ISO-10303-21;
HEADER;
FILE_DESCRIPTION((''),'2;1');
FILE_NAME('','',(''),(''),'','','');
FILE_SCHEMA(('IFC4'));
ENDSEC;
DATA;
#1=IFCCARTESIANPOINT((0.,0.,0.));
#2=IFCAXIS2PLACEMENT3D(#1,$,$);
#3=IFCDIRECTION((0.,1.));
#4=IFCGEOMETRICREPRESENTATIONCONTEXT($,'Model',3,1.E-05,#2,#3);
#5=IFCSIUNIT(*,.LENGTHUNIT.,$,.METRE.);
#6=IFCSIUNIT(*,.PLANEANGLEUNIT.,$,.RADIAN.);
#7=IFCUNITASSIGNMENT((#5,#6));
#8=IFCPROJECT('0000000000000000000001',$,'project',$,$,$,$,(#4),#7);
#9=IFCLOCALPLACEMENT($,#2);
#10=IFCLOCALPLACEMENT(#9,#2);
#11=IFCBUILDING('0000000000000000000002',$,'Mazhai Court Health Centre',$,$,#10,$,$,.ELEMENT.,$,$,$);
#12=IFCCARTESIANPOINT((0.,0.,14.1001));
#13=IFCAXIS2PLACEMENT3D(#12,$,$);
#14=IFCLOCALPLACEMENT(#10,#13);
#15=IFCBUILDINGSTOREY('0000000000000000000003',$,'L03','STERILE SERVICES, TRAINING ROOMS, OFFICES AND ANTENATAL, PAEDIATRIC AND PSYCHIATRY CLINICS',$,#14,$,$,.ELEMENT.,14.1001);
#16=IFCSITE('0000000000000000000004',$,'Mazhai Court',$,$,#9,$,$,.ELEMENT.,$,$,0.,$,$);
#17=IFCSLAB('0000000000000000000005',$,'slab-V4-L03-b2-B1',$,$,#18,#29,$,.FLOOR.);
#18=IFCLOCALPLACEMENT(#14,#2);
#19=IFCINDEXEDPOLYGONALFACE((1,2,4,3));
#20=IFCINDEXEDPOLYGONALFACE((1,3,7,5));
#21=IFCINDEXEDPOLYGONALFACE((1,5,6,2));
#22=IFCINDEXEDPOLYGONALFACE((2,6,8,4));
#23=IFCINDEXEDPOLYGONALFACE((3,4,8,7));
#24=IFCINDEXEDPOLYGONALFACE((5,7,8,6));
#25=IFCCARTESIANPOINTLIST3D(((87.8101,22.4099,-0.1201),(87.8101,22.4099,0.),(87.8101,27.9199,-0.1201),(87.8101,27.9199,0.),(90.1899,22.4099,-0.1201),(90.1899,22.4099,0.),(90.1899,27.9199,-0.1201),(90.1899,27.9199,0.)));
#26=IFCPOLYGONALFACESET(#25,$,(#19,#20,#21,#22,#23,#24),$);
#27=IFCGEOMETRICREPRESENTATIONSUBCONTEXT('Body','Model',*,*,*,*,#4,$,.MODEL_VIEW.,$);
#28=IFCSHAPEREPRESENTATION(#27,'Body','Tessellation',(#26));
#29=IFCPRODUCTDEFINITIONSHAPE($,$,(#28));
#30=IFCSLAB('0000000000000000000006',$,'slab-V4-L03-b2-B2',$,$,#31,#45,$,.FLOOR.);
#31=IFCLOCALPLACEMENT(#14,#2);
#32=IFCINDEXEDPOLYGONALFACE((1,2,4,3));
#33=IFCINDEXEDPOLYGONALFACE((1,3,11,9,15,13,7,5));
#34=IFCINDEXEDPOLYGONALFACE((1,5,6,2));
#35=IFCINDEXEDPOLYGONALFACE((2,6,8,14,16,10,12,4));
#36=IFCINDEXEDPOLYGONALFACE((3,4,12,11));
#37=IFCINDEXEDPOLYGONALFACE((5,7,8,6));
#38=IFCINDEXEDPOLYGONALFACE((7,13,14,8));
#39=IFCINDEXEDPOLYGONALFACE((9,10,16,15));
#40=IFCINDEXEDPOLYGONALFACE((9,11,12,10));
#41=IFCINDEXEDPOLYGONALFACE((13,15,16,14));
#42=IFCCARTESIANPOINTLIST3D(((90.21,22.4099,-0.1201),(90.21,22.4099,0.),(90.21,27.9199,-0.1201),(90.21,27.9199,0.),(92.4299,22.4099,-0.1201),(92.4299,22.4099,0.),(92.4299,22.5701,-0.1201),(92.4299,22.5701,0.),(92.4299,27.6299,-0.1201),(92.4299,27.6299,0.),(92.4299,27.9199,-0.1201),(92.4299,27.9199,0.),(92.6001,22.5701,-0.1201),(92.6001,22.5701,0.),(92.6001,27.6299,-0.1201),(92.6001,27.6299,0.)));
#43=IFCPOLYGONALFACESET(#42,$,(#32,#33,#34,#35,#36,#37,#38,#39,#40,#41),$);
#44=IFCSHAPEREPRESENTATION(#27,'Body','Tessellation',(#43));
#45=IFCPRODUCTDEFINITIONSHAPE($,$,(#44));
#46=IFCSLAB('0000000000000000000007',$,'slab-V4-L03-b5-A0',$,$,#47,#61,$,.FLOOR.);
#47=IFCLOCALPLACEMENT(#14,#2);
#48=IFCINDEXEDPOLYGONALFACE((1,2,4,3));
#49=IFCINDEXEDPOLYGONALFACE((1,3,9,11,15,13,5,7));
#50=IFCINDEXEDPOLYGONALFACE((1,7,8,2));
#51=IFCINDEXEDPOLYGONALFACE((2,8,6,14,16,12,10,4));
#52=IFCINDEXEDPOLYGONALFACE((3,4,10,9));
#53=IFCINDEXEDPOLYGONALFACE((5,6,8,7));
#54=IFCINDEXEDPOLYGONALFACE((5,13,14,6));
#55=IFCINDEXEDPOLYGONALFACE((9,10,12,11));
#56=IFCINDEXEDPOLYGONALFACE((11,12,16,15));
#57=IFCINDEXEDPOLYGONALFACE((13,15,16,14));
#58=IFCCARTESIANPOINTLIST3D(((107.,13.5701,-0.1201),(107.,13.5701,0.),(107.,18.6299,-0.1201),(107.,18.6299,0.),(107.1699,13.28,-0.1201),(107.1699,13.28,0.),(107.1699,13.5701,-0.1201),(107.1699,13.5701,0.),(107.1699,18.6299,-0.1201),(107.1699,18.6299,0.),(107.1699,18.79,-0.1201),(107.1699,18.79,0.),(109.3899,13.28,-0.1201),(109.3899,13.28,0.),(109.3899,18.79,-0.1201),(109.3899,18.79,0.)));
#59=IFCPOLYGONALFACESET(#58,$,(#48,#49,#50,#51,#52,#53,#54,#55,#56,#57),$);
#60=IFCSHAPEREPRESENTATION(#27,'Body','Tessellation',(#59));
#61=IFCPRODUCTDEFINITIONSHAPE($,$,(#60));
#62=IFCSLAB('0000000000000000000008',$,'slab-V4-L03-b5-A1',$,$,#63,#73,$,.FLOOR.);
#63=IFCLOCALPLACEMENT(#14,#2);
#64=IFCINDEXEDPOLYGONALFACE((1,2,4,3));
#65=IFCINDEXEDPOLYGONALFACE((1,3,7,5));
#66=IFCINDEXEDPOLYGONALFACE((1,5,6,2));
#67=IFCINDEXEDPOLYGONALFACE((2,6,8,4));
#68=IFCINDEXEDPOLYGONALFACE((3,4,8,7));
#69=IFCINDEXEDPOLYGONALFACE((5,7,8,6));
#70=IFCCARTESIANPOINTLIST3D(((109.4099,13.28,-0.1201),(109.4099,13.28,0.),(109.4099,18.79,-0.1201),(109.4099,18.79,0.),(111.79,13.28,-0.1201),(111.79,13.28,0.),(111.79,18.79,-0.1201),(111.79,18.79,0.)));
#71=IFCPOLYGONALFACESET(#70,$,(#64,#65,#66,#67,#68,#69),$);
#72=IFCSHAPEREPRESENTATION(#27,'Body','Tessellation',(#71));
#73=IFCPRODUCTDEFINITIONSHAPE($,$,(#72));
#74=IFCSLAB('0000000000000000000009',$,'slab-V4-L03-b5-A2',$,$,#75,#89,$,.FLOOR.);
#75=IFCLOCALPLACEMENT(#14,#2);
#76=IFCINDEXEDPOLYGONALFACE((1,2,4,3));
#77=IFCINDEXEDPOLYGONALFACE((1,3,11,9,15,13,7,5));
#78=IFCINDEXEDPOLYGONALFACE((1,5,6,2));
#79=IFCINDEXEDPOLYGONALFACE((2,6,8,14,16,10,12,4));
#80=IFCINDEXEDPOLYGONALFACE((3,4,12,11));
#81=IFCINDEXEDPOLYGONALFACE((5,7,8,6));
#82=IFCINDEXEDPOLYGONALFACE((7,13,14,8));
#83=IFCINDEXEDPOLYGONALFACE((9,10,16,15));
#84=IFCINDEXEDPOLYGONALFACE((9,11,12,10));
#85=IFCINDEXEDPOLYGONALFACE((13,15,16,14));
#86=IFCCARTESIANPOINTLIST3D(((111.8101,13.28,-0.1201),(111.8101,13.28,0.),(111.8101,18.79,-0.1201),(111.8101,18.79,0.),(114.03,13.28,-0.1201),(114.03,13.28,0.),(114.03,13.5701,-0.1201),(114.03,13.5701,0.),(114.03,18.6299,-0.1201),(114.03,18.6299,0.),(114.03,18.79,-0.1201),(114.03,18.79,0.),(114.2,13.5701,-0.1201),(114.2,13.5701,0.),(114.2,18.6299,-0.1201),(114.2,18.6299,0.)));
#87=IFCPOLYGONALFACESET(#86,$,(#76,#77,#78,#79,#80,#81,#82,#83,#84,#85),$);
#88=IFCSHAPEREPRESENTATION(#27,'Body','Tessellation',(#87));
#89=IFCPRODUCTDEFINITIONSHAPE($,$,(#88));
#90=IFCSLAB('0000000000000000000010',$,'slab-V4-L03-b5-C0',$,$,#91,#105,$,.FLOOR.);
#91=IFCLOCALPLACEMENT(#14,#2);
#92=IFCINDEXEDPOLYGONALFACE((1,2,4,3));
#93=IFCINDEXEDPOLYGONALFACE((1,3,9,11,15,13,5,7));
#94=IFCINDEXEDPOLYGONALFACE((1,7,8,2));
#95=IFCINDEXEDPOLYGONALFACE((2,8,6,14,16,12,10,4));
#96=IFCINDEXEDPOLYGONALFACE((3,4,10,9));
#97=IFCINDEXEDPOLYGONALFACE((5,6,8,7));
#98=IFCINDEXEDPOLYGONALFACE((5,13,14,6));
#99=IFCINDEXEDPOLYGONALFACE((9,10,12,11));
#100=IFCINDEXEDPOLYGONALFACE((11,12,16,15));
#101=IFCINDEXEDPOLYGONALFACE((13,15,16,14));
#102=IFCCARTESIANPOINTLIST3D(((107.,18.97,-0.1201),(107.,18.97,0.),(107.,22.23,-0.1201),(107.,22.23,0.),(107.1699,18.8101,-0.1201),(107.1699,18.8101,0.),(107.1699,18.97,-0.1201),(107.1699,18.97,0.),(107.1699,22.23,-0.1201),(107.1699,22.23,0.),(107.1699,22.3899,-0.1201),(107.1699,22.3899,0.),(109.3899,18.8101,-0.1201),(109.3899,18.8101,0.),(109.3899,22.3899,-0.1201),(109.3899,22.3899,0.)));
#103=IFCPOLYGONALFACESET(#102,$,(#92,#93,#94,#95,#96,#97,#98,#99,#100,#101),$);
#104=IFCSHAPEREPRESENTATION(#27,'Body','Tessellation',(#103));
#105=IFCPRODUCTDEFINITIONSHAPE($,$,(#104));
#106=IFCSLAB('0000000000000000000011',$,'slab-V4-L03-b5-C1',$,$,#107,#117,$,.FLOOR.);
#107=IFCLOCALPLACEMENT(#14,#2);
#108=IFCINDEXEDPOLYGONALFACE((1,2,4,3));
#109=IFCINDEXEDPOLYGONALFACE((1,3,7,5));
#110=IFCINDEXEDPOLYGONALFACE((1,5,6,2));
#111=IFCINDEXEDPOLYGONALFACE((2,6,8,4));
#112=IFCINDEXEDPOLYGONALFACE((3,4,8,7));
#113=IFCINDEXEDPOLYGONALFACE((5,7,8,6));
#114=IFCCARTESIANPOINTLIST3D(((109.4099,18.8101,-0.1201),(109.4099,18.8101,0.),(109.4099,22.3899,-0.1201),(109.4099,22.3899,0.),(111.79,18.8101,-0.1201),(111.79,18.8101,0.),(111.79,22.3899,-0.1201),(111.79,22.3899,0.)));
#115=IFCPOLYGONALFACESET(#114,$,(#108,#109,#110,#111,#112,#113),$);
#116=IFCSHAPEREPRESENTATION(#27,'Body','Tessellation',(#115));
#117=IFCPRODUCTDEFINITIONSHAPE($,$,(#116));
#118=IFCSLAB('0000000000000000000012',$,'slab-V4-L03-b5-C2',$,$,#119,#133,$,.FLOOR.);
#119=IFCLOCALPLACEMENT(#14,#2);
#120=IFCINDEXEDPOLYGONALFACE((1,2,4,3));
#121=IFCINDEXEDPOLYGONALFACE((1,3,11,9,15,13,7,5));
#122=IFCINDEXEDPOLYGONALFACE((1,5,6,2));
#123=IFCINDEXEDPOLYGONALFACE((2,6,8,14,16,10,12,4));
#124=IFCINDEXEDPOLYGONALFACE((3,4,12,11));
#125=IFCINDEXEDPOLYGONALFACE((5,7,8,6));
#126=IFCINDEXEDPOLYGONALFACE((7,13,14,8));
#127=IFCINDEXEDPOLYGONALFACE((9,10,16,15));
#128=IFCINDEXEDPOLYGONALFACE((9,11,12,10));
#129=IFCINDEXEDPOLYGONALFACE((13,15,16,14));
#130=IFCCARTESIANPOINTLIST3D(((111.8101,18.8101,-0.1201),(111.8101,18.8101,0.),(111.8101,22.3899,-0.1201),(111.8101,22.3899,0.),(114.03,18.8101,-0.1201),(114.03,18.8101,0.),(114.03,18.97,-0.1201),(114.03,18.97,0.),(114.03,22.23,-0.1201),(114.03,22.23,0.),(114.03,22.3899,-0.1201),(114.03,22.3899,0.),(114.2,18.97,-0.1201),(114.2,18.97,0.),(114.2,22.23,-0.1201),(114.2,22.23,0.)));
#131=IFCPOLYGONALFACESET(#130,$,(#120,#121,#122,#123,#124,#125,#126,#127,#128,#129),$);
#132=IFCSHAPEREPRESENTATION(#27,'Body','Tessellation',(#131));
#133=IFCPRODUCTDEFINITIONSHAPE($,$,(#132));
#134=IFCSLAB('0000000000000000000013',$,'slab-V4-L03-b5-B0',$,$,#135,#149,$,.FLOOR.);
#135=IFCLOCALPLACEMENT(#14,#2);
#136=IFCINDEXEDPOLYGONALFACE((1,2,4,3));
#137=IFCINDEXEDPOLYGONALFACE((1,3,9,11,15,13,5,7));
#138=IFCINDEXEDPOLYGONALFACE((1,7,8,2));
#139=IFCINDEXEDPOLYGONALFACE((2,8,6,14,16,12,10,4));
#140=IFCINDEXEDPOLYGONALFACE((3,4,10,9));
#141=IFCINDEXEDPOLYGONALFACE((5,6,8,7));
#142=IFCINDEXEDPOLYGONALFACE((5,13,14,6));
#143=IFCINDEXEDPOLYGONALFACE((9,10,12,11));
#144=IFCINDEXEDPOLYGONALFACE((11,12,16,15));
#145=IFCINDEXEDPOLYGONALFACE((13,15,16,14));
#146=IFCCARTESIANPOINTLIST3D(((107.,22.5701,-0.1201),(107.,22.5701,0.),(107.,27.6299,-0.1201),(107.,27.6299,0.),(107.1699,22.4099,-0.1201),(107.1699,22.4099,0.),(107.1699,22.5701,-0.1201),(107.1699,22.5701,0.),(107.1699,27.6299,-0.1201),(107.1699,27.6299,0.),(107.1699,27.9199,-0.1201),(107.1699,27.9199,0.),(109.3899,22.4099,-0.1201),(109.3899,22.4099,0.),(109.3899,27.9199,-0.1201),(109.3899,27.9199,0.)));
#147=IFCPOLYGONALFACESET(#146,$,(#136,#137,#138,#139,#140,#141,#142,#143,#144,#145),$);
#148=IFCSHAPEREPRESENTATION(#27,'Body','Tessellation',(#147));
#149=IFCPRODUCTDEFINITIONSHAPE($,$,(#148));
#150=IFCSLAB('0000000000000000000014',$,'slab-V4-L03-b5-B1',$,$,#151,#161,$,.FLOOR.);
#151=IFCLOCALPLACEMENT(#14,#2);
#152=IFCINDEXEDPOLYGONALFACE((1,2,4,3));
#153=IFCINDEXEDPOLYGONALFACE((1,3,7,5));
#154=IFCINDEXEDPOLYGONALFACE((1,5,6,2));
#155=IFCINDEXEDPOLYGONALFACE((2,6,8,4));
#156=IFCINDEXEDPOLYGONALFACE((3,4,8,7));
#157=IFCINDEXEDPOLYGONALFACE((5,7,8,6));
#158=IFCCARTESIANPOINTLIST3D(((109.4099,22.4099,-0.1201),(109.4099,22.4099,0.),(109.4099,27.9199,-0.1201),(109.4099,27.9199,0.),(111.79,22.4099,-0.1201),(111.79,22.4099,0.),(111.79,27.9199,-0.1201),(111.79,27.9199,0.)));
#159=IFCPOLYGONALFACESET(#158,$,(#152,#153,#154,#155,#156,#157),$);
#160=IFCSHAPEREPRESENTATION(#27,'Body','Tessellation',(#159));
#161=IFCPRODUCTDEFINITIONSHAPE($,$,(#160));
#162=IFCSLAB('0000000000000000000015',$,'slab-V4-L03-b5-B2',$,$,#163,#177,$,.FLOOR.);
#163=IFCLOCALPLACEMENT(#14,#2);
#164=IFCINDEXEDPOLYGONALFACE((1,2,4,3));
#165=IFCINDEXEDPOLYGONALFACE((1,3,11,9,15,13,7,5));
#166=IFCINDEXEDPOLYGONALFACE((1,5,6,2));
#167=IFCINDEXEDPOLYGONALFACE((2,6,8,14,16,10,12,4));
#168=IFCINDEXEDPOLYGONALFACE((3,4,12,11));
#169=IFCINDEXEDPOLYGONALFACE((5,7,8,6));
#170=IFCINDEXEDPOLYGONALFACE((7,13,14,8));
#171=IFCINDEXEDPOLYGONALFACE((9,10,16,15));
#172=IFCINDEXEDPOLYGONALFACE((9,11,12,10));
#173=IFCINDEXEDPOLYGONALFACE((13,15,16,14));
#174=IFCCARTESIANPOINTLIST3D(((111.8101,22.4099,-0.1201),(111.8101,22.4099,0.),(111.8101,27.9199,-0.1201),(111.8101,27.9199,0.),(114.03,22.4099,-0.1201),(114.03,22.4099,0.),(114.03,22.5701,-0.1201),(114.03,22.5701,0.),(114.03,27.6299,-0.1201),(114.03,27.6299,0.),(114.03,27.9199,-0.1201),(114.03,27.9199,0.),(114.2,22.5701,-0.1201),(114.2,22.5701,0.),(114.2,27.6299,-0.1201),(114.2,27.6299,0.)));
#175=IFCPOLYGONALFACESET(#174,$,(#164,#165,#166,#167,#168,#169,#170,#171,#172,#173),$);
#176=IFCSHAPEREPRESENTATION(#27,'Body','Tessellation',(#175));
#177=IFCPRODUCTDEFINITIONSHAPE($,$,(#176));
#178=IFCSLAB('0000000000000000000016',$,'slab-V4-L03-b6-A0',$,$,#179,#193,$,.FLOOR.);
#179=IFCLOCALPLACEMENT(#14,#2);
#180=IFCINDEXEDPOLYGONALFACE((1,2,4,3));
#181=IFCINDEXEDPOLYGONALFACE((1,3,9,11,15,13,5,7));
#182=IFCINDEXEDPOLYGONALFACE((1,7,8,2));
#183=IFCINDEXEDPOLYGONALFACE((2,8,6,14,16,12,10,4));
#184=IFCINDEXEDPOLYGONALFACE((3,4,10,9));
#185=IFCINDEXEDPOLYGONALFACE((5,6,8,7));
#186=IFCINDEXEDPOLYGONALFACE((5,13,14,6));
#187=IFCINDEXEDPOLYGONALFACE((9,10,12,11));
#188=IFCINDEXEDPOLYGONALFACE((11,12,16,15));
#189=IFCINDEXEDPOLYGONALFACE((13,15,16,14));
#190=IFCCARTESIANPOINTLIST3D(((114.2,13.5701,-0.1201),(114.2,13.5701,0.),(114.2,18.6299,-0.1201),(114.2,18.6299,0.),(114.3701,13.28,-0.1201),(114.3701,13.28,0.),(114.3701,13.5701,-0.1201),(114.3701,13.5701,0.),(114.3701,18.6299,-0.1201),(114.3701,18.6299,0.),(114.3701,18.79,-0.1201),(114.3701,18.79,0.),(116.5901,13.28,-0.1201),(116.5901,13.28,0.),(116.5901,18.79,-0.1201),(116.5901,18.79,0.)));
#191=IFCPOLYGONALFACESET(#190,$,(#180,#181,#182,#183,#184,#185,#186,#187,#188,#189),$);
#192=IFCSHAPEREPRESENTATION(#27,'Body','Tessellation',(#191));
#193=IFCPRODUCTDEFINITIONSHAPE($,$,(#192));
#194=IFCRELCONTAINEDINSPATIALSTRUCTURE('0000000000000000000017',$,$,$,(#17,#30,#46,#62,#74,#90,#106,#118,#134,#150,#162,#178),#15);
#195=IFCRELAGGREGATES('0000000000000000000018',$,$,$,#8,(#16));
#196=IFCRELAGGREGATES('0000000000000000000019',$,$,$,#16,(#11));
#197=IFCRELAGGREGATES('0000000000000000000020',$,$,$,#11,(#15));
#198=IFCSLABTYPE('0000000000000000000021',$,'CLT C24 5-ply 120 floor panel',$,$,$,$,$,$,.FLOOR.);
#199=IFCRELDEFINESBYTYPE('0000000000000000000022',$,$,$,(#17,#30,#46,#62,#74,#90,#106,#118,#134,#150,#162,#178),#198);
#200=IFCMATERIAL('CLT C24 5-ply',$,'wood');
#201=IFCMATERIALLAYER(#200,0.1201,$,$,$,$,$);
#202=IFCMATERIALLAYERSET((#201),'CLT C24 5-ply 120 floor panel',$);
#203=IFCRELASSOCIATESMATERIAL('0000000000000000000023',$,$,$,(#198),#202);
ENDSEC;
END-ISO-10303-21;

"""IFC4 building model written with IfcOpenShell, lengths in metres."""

from ifc_helpers import new_model, si_unit, direction, frame, origin, place, context, subcontext, project, spatial, polyline, outline, extrude, material, layer, layer_set, type_object, element, save


model = new_model("IFC4")

# Units and contexts
model_context = context("Model", 3, precision=1e-05, world=origin(), true_north=direction((0.0, 1.0)))
body_context = subcontext(model_context, "Body", "Model", "MODEL_VIEW")
ifc_project = project(units=[si_unit("LENGTHUNIT", "METRE"), si_unit("PLANEANGLEUNIT", "RADIAN")], contexts=[model_context])

# Site, building, storey
site_placement = place(None, origin())
site = spatial("IfcSite", under=ifc_project, at=site_placement, Name="Mazhai Court", CompositionType="ELEMENT", RefElevation=0.0)
building_placement = place(site_placement, origin())
building = spatial("IfcBuilding", under=site, at=building_placement, Name="Mazhai Court Health Centre", CompositionType="ELEMENT")
storey_placement = place(building_placement, frame((0.0, 0.0, 14.1001)))
storey = spatial("IfcBuildingStorey", under=building, at=storey_placement, Name="L03", Description="STERILE SERVICES, TRAINING ROOMS, OFFICES AND ANTENATAL, PAEDIATRIC AND PSYCHIATRY CLINICS", CompositionType="ELEMENT", Elevation=14.1001)

# Slabs
ifc_material = material(Name="CLT C24 5-ply", Category="wood")
ifc_layer = layer(ifc_material, 0.1201)
ifc_layer_set = layer_set([ifc_layer], Name="CLT C24 5-ply 120 floor panel")
slab_type = type_object("IfcSlabType", Name="CLT C24 5-ply 120 floor panel", PredefinedType="FLOOR", material=ifc_layer_set)
slab_1_placement = place(storey_placement, frame((0.0, 0.0, -0.1201)))
element("IfcSlab", 1, at=slab_1_placement, inside=storey, type_object=slab_type, Name="slab-V4-L03-b2-B1", PredefinedType="FLOOR", context=body_context, shape_type="SweptSolid", body=[
    extrude(outline(polyline([(87.8101, 22.4099), (90.1899, 22.4099), (90.1899, 27.9199), (87.8101, 27.9199), (87.8101, 22.4099)])), origin(), (0.0, 0.0, 1.0), 0.1201),
])
slab_2_placement = place(storey_placement, frame((0.0, 0.0, -0.1201)))
element("IfcSlab", 2, at=slab_2_placement, inside=storey, type_object=slab_type, Name="slab-V4-L03-b2-B2", PredefinedType="FLOOR", context=body_context, shape_type="SweptSolid", body=[
    extrude(outline(polyline([(92.6001, 22.5701), (92.6001, 27.6299), (92.4299, 27.6299), (92.4299, 27.9199), (90.21, 27.9199), (90.21, 22.4099), (92.4299, 22.4099), (92.4299, 22.5701), (92.6001, 22.5701)])), origin(), (0.0, 0.0, 1.0), 0.1201),
])
slab_3_placement = place(storey_placement, frame((0.0, 0.0, -0.1201)))
element("IfcSlab", 3, at=slab_3_placement, inside=storey, type_object=slab_type, Name="slab-V4-L03-b5-A0", PredefinedType="FLOOR", context=body_context, shape_type="SweptSolid", body=[
    extrude(outline(polyline([(109.3899, 18.79), (107.1699, 18.79), (107.1699, 18.6299), (107.0, 18.6299), (107.0, 13.5701), (107.1699, 13.5701), (107.1699, 13.28), (109.3899, 13.28), (109.3899, 18.79)])), origin(), (0.0, 0.0, 1.0), 0.1201),
])
slab_4_placement = place(storey_placement, frame((0.0, 0.0, -0.1201)))
element("IfcSlab", 4, at=slab_4_placement, inside=storey, type_object=slab_type, Name="slab-V4-L03-b5-A1", PredefinedType="FLOOR", context=body_context, shape_type="SweptSolid", body=[
    extrude(outline(polyline([(109.4099, 13.28), (111.79, 13.28), (111.79, 18.79), (109.4099, 18.79), (109.4099, 13.28)])), origin(), (0.0, 0.0, 1.0), 0.1201),
])
slab_5_placement = place(storey_placement, frame((0.0, 0.0, -0.1201)))
element("IfcSlab", 5, at=slab_5_placement, inside=storey, type_object=slab_type, Name="slab-V4-L03-b5-A2", PredefinedType="FLOOR", context=body_context, shape_type="SweptSolid", body=[
    extrude(outline(polyline([(114.2, 13.5701), (114.2, 18.6299), (114.03, 18.6299), (114.03, 18.79), (111.8101, 18.79), (111.8101, 13.28), (114.03, 13.28), (114.03, 13.5701), (114.2, 13.5701)])), origin(), (0.0, 0.0, 1.0), 0.1201),
])
slab_6_placement = place(storey_placement, frame((0.0, 0.0, -0.1201)))
element("IfcSlab", 6, at=slab_6_placement, inside=storey, type_object=slab_type, Name="slab-V4-L03-b5-C0", PredefinedType="FLOOR", context=body_context, shape_type="SweptSolid", body=[
    extrude(outline(polyline([(109.3899, 22.3899), (107.1699, 22.3899), (107.1699, 22.23), (107.0, 22.23), (107.0, 18.97), (107.1699, 18.97), (107.1699, 18.8101), (109.3899, 18.8101), (109.3899, 22.3899)])), origin(), (0.0, 0.0, 1.0), 0.1201),
])
slab_7_placement = place(storey_placement, frame((0.0, 0.0, -0.1201)))
element("IfcSlab", 7, at=slab_7_placement, inside=storey, type_object=slab_type, Name="slab-V4-L03-b5-C1", PredefinedType="FLOOR", context=body_context, shape_type="SweptSolid", body=[
    extrude(outline(polyline([(109.4099, 18.8101), (111.79, 18.8101), (111.79, 22.3899), (109.4099, 22.3899), (109.4099, 18.8101)])), origin(), (0.0, 0.0, 1.0), 0.1201),
])
slab_8_placement = place(storey_placement, frame((0.0, 0.0, -0.1201)))
element("IfcSlab", 8, at=slab_8_placement, inside=storey, type_object=slab_type, Name="slab-V4-L03-b5-C2", PredefinedType="FLOOR", context=body_context, shape_type="SweptSolid", body=[
    extrude(outline(polyline([(114.2, 18.97), (114.2, 22.23), (114.03, 22.23), (114.03, 22.3899), (111.8101, 22.3899), (111.8101, 18.8101), (114.03, 18.8101), (114.03, 18.97), (114.2, 18.97)])), origin(), (0.0, 0.0, 1.0), 0.1201),
])
slab_9_placement = place(storey_placement, frame((0.0, 0.0, -0.1201)))
element("IfcSlab", 9, at=slab_9_placement, inside=storey, type_object=slab_type, Name="slab-V4-L03-b5-B0", PredefinedType="FLOOR", context=body_context, shape_type="SweptSolid", body=[
    extrude(outline(polyline([(109.3899, 27.9199), (107.1699, 27.9199), (107.1699, 27.6299), (107.0, 27.6299), (107.0, 22.5701), (107.1699, 22.5701), (107.1699, 22.4099), (109.3899, 22.4099), (109.3899, 27.9199)])), origin(), (0.0, 0.0, 1.0), 0.1201),
])
slab_10_placement = place(storey_placement, frame((0.0, 0.0, -0.1201)))
element("IfcSlab", 10, at=slab_10_placement, inside=storey, type_object=slab_type, Name="slab-V4-L03-b5-B1", PredefinedType="FLOOR", context=body_context, shape_type="SweptSolid", body=[
    extrude(outline(polyline([(109.4099, 22.4099), (111.79, 22.4099), (111.79, 27.9199), (109.4099, 27.9199), (109.4099, 22.4099)])), origin(), (0.0, 0.0, 1.0), 0.1201),
])
slab_11_placement = place(storey_placement, frame((0.0, 0.0, -0.1201)))
element("IfcSlab", 11, at=slab_11_placement, inside=storey, type_object=slab_type, Name="slab-V4-L03-b5-B2", PredefinedType="FLOOR", context=body_context, shape_type="SweptSolid", body=[
    extrude(outline(polyline([(114.2, 22.5701), (114.2, 27.6299), (114.03, 27.6299), (114.03, 27.9199), (111.8101, 27.9199), (111.8101, 22.4099), (114.03, 22.4099), (114.03, 22.5701), (114.2, 22.5701)])), origin(), (0.0, 0.0, 1.0), 0.1201),
])
slab_12_placement = place(storey_placement, frame((0.0, 0.0, -0.1201)))
element("IfcSlab", 12, at=slab_12_placement, inside=storey, type_object=slab_type, Name="slab-V4-L03-b6-A0", PredefinedType="FLOOR", context=body_context, shape_type="SweptSolid", body=[
    extrude(outline(polyline([(116.5901, 18.79), (114.3701, 18.79), (114.3701, 18.6299), (114.2, 18.6299), (114.2, 13.5701), (114.3701, 13.5701), (114.3701, 13.28), (116.5901, 13.28), (116.5901, 18.79)])), origin(), (0.0, 0.0, 1.0), 0.1201),
])

save(model, "model.ifc")
